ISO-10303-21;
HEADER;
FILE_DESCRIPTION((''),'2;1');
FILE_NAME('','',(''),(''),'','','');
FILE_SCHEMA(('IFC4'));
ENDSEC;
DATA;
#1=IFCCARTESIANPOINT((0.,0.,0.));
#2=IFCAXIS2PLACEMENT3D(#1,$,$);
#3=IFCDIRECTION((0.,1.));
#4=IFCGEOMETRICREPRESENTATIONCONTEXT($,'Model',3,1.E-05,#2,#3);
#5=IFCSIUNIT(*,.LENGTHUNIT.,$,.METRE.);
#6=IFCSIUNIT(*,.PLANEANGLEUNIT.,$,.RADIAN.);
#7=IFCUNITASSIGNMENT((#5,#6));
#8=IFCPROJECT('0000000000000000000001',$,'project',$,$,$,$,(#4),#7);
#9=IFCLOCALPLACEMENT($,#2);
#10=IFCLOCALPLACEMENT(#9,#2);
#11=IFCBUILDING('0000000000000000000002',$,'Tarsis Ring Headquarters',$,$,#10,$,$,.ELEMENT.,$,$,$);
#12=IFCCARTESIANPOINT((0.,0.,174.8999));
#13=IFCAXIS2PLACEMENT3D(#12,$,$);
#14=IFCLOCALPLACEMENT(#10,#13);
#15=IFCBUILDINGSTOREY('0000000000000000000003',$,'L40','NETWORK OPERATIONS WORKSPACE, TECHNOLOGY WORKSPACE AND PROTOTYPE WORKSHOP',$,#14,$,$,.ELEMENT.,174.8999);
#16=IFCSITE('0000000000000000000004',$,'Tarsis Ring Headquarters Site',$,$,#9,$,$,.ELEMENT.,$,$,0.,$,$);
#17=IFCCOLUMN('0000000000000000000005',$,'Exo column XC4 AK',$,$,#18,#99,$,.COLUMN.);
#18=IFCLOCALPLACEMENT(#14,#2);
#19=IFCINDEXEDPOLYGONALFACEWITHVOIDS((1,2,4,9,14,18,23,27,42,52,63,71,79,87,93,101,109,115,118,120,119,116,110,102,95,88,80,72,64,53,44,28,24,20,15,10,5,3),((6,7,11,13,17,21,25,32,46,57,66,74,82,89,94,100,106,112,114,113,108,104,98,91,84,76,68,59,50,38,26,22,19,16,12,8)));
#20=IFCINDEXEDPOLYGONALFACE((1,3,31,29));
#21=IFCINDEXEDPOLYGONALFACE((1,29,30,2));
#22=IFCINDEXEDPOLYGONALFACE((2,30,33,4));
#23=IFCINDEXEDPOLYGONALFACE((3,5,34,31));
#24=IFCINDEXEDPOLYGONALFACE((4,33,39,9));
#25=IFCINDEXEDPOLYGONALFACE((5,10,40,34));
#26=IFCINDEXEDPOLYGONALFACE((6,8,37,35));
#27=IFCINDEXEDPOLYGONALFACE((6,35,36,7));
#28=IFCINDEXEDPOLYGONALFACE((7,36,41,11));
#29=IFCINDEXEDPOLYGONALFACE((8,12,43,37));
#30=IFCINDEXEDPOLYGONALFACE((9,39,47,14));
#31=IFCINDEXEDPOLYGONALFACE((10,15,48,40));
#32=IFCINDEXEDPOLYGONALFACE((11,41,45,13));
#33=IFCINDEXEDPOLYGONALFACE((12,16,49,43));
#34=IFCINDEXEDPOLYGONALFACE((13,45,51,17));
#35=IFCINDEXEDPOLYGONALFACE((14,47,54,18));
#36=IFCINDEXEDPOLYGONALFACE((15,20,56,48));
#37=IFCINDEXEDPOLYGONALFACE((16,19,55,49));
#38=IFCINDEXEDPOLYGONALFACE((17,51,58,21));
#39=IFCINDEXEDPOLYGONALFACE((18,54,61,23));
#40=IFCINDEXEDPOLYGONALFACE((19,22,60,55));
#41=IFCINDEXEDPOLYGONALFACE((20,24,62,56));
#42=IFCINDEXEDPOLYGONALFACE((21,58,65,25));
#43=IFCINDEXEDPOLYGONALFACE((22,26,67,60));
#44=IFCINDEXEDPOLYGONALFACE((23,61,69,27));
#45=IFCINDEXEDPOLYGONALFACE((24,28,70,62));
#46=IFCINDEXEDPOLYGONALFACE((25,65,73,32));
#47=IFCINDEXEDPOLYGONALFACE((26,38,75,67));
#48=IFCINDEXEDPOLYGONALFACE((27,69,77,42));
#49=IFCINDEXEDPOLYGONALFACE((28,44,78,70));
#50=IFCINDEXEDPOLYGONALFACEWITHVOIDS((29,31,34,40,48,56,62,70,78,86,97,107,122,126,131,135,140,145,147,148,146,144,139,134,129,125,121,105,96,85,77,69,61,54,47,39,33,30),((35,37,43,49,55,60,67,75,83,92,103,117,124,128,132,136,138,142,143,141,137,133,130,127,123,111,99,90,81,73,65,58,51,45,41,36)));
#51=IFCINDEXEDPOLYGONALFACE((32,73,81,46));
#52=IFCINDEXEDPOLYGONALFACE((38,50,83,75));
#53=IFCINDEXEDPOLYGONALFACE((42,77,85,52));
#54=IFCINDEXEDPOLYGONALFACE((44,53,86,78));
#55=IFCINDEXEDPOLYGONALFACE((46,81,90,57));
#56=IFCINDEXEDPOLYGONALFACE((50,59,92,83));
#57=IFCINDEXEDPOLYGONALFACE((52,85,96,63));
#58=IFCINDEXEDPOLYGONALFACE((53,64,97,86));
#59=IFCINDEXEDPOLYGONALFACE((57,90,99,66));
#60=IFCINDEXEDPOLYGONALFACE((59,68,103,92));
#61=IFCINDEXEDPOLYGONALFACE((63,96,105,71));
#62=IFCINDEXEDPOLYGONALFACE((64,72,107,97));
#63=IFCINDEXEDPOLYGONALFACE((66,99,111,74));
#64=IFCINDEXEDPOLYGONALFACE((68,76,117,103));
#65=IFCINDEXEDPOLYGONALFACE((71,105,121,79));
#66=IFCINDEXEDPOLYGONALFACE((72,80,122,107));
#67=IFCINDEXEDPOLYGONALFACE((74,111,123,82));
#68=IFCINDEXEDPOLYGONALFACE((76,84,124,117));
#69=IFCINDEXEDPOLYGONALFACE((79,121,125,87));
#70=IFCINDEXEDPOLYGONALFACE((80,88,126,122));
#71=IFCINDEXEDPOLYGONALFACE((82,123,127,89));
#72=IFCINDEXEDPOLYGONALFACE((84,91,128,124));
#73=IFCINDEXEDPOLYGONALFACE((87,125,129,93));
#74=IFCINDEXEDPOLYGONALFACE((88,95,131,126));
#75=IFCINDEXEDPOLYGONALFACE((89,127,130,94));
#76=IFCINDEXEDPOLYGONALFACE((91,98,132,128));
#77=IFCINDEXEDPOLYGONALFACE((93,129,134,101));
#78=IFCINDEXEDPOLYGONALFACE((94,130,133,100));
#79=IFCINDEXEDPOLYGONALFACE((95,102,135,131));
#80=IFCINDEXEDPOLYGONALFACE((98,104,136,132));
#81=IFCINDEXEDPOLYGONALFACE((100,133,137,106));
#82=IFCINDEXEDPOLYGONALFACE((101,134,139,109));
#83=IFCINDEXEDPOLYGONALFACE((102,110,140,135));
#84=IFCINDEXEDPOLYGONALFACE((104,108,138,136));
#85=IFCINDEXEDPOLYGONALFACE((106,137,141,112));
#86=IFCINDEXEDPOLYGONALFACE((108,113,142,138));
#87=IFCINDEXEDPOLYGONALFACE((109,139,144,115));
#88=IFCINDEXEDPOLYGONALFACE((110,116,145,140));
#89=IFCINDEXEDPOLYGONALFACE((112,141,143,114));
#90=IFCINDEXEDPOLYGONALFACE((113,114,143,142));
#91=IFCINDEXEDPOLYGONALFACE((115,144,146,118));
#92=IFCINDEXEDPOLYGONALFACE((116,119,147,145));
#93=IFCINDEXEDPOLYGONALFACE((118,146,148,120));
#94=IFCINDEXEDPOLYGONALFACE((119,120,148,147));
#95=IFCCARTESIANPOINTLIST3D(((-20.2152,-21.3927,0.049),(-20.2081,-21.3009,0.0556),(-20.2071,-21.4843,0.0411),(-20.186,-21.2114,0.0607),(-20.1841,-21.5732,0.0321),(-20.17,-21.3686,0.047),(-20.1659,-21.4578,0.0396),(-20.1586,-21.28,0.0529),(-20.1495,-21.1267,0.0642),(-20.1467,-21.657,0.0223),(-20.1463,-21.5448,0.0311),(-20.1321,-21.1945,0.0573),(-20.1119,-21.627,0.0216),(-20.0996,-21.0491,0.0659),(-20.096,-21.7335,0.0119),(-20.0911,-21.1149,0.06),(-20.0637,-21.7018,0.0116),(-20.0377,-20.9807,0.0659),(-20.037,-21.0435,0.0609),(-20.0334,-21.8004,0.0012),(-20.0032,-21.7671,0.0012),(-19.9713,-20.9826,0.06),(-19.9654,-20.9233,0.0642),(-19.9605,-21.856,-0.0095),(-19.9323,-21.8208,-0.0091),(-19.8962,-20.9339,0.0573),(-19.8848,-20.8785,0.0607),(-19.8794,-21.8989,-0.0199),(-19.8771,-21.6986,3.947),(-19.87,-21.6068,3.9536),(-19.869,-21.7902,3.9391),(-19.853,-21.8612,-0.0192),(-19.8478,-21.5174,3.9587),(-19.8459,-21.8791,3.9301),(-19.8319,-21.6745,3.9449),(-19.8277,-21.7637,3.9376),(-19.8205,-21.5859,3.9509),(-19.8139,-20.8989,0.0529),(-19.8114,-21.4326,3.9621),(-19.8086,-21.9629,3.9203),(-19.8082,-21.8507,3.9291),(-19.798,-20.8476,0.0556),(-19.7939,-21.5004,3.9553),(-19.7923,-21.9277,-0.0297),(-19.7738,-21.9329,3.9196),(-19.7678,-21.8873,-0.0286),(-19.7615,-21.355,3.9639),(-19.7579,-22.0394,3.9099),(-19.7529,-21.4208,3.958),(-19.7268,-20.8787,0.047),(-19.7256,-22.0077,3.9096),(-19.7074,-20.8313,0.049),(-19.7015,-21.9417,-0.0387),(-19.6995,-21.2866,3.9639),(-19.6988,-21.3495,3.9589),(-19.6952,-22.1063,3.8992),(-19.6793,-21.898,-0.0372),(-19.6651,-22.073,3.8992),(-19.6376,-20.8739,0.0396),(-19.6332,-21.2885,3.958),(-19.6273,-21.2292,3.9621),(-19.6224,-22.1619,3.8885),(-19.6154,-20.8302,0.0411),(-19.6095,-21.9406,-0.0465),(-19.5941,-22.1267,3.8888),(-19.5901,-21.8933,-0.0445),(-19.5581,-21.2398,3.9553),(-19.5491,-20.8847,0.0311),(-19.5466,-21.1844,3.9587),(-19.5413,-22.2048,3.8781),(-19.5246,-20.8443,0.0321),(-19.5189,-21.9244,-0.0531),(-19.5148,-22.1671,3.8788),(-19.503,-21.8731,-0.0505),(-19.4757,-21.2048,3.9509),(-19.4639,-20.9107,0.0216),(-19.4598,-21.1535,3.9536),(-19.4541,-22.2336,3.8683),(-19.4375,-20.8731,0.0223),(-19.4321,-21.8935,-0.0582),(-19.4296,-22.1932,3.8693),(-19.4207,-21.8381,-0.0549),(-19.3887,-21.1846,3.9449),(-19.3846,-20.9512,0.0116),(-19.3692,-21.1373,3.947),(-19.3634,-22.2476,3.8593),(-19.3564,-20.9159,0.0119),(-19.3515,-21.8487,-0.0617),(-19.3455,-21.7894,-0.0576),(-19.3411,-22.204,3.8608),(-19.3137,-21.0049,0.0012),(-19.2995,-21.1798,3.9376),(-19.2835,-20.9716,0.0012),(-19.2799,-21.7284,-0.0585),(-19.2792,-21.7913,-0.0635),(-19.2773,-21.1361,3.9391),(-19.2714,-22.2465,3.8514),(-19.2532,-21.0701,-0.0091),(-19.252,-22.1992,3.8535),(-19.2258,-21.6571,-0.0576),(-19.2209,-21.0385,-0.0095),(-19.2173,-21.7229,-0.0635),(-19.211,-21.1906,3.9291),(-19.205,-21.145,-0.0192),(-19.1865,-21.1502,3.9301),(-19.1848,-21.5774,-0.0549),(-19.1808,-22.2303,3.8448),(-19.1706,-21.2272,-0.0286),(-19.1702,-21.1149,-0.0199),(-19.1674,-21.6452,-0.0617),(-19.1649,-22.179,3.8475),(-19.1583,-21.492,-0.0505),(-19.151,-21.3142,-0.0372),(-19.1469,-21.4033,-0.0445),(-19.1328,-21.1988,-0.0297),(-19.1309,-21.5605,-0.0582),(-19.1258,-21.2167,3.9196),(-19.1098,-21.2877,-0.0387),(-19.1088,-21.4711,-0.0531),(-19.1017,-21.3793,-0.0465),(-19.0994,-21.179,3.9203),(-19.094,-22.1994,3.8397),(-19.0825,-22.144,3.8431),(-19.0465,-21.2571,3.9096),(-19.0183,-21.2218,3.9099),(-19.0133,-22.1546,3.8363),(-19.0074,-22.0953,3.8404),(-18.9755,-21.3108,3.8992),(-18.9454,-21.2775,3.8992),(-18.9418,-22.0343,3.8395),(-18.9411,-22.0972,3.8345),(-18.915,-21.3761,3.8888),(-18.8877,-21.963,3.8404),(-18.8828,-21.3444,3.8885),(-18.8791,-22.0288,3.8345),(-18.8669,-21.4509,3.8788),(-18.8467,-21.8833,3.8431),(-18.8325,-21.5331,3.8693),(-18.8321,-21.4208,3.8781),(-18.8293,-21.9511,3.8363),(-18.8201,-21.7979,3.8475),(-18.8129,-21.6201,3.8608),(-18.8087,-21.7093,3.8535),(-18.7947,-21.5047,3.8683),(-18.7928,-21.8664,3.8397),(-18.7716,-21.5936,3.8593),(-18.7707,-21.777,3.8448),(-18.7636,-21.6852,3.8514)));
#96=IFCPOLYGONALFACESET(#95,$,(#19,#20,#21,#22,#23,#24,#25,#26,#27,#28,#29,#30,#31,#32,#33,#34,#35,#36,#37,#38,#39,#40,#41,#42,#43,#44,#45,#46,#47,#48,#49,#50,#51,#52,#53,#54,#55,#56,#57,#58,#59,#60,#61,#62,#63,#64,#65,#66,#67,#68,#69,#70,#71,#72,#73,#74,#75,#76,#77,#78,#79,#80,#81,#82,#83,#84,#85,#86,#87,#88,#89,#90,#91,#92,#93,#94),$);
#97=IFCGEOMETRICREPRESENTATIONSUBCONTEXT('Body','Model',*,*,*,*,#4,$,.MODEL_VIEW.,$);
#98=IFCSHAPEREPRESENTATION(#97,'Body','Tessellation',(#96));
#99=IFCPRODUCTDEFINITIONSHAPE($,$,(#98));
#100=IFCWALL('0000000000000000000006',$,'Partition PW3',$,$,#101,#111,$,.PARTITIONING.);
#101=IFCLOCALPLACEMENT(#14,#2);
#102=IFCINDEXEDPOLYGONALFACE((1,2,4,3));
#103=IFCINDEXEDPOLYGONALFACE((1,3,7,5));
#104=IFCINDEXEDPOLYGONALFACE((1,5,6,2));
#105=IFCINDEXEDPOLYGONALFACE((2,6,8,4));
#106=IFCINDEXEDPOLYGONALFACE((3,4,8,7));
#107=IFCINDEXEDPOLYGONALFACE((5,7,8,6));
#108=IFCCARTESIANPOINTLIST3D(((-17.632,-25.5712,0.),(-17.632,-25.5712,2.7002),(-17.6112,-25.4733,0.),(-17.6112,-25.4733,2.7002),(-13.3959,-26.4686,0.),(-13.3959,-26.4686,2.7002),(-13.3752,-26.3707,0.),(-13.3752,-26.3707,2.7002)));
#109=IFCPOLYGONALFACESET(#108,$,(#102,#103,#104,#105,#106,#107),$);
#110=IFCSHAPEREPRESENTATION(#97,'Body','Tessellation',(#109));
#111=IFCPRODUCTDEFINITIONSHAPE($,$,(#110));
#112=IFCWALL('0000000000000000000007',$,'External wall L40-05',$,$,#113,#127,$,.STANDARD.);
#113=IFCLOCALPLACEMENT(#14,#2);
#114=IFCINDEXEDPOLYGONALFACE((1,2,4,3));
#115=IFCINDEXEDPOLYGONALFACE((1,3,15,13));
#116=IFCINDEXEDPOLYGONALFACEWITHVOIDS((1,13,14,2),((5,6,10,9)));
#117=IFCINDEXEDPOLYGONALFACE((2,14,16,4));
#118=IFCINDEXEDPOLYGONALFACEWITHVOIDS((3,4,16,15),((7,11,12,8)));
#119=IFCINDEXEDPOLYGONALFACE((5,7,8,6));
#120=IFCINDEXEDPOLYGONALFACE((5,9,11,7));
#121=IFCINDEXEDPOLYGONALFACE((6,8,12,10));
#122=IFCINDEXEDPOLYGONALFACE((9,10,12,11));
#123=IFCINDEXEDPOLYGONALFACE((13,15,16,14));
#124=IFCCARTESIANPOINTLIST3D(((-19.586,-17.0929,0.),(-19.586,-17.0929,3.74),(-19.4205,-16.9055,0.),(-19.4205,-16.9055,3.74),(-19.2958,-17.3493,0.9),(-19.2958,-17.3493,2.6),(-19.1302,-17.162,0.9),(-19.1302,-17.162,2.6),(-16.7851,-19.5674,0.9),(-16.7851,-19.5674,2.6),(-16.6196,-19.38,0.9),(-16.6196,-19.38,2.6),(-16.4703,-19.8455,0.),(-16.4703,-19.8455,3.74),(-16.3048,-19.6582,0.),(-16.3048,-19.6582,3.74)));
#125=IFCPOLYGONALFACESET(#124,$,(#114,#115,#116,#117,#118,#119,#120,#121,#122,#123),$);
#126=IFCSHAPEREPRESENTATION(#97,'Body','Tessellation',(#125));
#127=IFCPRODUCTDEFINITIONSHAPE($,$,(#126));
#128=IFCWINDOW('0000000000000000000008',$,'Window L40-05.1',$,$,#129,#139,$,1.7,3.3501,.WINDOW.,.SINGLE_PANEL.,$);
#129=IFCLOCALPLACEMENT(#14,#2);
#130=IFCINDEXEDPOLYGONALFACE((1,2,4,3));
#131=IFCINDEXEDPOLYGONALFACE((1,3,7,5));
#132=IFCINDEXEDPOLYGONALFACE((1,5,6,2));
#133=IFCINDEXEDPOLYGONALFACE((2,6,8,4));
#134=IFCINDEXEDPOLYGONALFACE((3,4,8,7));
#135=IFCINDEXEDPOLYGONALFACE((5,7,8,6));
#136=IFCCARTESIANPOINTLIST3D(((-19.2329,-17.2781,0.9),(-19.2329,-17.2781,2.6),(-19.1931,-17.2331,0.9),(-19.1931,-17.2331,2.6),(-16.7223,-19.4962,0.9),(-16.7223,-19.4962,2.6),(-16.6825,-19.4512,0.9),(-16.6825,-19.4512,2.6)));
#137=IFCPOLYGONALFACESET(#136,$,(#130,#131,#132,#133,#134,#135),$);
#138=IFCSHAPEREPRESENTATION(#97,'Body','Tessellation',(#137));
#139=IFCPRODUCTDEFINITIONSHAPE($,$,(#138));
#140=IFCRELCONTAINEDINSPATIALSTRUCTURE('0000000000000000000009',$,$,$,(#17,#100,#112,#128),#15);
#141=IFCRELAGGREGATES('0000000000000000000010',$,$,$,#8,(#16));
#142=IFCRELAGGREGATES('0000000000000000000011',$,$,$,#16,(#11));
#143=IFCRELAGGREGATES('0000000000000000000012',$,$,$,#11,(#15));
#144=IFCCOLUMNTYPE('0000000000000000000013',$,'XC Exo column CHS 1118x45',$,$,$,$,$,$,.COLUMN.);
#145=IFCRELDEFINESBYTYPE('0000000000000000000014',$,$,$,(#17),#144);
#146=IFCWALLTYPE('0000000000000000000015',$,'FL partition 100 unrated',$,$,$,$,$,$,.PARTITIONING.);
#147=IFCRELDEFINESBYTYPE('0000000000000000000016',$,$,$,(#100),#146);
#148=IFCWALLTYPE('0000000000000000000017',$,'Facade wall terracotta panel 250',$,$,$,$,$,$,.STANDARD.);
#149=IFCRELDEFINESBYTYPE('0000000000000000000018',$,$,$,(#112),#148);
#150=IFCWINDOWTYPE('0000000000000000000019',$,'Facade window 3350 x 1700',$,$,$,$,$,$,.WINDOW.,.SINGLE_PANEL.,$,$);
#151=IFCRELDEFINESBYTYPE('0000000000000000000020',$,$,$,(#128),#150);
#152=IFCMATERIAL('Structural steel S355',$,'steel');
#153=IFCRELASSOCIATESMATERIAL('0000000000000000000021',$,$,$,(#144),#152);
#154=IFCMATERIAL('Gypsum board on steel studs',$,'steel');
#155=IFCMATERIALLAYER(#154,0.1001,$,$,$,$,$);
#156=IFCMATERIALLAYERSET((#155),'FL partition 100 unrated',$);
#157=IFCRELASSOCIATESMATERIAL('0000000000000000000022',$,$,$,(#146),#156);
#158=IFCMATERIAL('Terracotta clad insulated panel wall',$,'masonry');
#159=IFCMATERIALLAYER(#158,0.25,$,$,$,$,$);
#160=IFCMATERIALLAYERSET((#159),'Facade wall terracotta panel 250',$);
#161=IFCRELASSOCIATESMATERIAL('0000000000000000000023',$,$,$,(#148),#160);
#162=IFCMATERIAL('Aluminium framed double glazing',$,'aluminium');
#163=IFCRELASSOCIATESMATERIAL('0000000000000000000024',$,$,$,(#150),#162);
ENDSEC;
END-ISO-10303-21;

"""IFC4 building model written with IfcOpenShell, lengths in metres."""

from ifc_helpers import new_model, si_unit, direction, frame, frame_2d, origin, origin_2d, place, context, subcontext, project, spatial, rectangle, hollow_circle, extrude, material, layer, layer_set, material_profile, profile_set, type_object, element, fill, save


model = new_model("IFC4")

# Units and contexts
model_context = context("Model", 3, precision=1e-05, world=origin(), true_north=direction((0.0, 1.0)))
body_context = subcontext(model_context, "Body", "Model", "MODEL_VIEW")
ifc_project = project(units=[si_unit("LENGTHUNIT", "METRE"), si_unit("PLANEANGLEUNIT", "RADIAN")], contexts=[model_context])

# Site, building, storey
site_placement = place(None, origin())
site = spatial("IfcSite", under=ifc_project, at=site_placement, Name="Tarsis Ring Headquarters Site", CompositionType="ELEMENT", RefElevation=0.0)
building_placement = place(site_placement, origin())
building = spatial("IfcBuilding", under=site, at=building_placement, Name="Tarsis Ring Headquarters", CompositionType="ELEMENT")
storey_placement = place(building_placement, frame((0.0, 0.0, 174.8999)))
storey = spatial("IfcBuildingStorey", under=building, at=storey_placement, Name="L40", Description="NETWORK OPERATIONS WORKSPACE, TECHNOLOGY WORKSPACE AND PROTOTYPE WORKSHOP", CompositionType="ELEMENT", Elevation=174.8999)

# Column
ifc_material_1 = material(Name="Structural steel S355", Category="steel")
ifc_material_profile = material_profile(ifc_material_1, hollow_circle(Radius=0.5588, WallThickness=0.0449, at=origin_2d()), Name="CHS 1118x45")
ifc_profile_set = profile_set([ifc_material_profile], Name="Structural steel S355")
column_type = type_object("IfcColumnType", Name="XC Exo column CHS 1118x45", PredefinedType="COLUMN", material=ifc_profile_set)
column_placement = place(storey_placement, frame((-19.6584, -21.386, 0.0012), z_axis=(0.086159, -0.077948, 0.993227), x_axis=(0.670885, 0.741561, 0.0)))
element("IfcColumn", 1, at=column_placement, inside=storey, type_object=column_type, Name="Exo column XC4 AK", PredefinedType="COLUMN", context=body_context, shape_type="SweptSolid", body=[
    extrude(hollow_circle(Radius=0.5588, WallThickness=0.0449, at=origin_2d()), origin(), (0.0, 0.0, 1.0), 3.9246),
])

# Wall
ifc_material_2 = material(Name="Gypsum board on steel studs", Category="steel")
ifc_layer_1 = layer(ifc_material_2, 0.1001)
ifc_layer_set_1 = layer_set([ifc_layer_1], Name="FL partition 100 unrated")
wall_type_1 = type_object("IfcWallType", Name="FL partition 100 unrated", PredefinedType="PARTITIONING", material=ifc_layer_set_1)
wall_1_placement = place(storey_placement, frame((-17.6216, -25.5222, 0.0), z_axis=(0.0, 0.0, 1.0), x_axis=(0.978286, -0.207261, 0.0)))
element("IfcWall", 2, at=wall_1_placement, inside=storey, type_object=wall_type_1, Name="Partition PW3", PredefinedType="PARTITIONING", context=body_context, shape_type="SweptSolid", body=[
    extrude(rectangle(XDim=4.3301, YDim=0.1001, at=frame_2d((2.165, 0.0))), origin(), (0.0, 0.0, 1.0), 2.7002),
])

# Wall, opening, window
ifc_material_3 = material(Name="Terracotta clad insulated panel wall", Category="masonry")
ifc_layer_2 = layer(ifc_material_3, 0.25)
ifc_layer_set_2 = layer_set([ifc_layer_2], Name="Facade wall terracotta panel 250")
wall_type_2 = type_object("IfcWallType", Name="Facade wall terracotta panel 250", PredefinedType="STANDARD", material=ifc_layer_set_2)
wall_2_placement = place(storey_placement, frame((-19.5032, -16.9993, 0.0), z_axis=(0.0, 0.0, 1.0), x_axis=(0.749418, -0.662097, 0.0)))
wall_2 = element("IfcWall", 3, at=wall_2_placement, inside=storey, type_object=wall_type_2, Name="External wall L40-05", PredefinedType="STANDARD", context=body_context, shape_type="SweptSolid", body=[
    extrude(rectangle(XDim=4.1575, YDim=0.25, at=frame_2d((2.0786, 0.0))), origin(), (0.0, 0.0, 1.0), 3.74),
])
opening_1_placement = place(wall_2_placement, frame((0.3872, 0.0, 0.8999)))
opening_1 = element("IfcOpeningElement", 4, at=opening_1_placement, cuts=wall_2, PredefinedType="OPENING", context=body_context, shape_type="SweptSolid", body=[
    extrude(rectangle(XDim=3.3501, YDim=1.7, at=frame_2d((1.675, 0.8501))), frame((0.0, 0.135, 0.0), z_axis=(0.0, -1.0, 0.0), x_axis=(1.0, 0.0, 0.0)), (0.0, 0.0, 1.0), 0.27),
])
ifc_material_4 = material(Name="Aluminium framed double glazing", Category="aluminium")
window_type_1 = type_object("IfcWindowType", Name="Facade window 3350 x 1700", PartitioningType="SINGLE_PANEL", PredefinedType="WINDOW", material=ifc_material_4)
window_1_placement = place(opening_1_placement, origin())
window_1 = element("IfcWindow", 5, at=window_1_placement, inside=storey, type_object=window_type_1, Name="Window L40-05.1", OverallHeight=1.7, OverallWidth=3.3501, PartitioningType="SINGLE_PANEL", PredefinedType="WINDOW", context=body_context, shape_type="SweptSolid", body=[
    extrude(rectangle(XDim=3.3501, YDim=1.7, at=frame_2d((1.675, 0.8501))), frame((0.0, 0.03, 0.0), z_axis=(0.0, -1.0, 0.0), x_axis=(1.0, 0.0, 0.0)), (0.0, 0.0, 1.0), 0.0601),
])
fill(opening_1, window_1)

save(model, "model.ifc")
